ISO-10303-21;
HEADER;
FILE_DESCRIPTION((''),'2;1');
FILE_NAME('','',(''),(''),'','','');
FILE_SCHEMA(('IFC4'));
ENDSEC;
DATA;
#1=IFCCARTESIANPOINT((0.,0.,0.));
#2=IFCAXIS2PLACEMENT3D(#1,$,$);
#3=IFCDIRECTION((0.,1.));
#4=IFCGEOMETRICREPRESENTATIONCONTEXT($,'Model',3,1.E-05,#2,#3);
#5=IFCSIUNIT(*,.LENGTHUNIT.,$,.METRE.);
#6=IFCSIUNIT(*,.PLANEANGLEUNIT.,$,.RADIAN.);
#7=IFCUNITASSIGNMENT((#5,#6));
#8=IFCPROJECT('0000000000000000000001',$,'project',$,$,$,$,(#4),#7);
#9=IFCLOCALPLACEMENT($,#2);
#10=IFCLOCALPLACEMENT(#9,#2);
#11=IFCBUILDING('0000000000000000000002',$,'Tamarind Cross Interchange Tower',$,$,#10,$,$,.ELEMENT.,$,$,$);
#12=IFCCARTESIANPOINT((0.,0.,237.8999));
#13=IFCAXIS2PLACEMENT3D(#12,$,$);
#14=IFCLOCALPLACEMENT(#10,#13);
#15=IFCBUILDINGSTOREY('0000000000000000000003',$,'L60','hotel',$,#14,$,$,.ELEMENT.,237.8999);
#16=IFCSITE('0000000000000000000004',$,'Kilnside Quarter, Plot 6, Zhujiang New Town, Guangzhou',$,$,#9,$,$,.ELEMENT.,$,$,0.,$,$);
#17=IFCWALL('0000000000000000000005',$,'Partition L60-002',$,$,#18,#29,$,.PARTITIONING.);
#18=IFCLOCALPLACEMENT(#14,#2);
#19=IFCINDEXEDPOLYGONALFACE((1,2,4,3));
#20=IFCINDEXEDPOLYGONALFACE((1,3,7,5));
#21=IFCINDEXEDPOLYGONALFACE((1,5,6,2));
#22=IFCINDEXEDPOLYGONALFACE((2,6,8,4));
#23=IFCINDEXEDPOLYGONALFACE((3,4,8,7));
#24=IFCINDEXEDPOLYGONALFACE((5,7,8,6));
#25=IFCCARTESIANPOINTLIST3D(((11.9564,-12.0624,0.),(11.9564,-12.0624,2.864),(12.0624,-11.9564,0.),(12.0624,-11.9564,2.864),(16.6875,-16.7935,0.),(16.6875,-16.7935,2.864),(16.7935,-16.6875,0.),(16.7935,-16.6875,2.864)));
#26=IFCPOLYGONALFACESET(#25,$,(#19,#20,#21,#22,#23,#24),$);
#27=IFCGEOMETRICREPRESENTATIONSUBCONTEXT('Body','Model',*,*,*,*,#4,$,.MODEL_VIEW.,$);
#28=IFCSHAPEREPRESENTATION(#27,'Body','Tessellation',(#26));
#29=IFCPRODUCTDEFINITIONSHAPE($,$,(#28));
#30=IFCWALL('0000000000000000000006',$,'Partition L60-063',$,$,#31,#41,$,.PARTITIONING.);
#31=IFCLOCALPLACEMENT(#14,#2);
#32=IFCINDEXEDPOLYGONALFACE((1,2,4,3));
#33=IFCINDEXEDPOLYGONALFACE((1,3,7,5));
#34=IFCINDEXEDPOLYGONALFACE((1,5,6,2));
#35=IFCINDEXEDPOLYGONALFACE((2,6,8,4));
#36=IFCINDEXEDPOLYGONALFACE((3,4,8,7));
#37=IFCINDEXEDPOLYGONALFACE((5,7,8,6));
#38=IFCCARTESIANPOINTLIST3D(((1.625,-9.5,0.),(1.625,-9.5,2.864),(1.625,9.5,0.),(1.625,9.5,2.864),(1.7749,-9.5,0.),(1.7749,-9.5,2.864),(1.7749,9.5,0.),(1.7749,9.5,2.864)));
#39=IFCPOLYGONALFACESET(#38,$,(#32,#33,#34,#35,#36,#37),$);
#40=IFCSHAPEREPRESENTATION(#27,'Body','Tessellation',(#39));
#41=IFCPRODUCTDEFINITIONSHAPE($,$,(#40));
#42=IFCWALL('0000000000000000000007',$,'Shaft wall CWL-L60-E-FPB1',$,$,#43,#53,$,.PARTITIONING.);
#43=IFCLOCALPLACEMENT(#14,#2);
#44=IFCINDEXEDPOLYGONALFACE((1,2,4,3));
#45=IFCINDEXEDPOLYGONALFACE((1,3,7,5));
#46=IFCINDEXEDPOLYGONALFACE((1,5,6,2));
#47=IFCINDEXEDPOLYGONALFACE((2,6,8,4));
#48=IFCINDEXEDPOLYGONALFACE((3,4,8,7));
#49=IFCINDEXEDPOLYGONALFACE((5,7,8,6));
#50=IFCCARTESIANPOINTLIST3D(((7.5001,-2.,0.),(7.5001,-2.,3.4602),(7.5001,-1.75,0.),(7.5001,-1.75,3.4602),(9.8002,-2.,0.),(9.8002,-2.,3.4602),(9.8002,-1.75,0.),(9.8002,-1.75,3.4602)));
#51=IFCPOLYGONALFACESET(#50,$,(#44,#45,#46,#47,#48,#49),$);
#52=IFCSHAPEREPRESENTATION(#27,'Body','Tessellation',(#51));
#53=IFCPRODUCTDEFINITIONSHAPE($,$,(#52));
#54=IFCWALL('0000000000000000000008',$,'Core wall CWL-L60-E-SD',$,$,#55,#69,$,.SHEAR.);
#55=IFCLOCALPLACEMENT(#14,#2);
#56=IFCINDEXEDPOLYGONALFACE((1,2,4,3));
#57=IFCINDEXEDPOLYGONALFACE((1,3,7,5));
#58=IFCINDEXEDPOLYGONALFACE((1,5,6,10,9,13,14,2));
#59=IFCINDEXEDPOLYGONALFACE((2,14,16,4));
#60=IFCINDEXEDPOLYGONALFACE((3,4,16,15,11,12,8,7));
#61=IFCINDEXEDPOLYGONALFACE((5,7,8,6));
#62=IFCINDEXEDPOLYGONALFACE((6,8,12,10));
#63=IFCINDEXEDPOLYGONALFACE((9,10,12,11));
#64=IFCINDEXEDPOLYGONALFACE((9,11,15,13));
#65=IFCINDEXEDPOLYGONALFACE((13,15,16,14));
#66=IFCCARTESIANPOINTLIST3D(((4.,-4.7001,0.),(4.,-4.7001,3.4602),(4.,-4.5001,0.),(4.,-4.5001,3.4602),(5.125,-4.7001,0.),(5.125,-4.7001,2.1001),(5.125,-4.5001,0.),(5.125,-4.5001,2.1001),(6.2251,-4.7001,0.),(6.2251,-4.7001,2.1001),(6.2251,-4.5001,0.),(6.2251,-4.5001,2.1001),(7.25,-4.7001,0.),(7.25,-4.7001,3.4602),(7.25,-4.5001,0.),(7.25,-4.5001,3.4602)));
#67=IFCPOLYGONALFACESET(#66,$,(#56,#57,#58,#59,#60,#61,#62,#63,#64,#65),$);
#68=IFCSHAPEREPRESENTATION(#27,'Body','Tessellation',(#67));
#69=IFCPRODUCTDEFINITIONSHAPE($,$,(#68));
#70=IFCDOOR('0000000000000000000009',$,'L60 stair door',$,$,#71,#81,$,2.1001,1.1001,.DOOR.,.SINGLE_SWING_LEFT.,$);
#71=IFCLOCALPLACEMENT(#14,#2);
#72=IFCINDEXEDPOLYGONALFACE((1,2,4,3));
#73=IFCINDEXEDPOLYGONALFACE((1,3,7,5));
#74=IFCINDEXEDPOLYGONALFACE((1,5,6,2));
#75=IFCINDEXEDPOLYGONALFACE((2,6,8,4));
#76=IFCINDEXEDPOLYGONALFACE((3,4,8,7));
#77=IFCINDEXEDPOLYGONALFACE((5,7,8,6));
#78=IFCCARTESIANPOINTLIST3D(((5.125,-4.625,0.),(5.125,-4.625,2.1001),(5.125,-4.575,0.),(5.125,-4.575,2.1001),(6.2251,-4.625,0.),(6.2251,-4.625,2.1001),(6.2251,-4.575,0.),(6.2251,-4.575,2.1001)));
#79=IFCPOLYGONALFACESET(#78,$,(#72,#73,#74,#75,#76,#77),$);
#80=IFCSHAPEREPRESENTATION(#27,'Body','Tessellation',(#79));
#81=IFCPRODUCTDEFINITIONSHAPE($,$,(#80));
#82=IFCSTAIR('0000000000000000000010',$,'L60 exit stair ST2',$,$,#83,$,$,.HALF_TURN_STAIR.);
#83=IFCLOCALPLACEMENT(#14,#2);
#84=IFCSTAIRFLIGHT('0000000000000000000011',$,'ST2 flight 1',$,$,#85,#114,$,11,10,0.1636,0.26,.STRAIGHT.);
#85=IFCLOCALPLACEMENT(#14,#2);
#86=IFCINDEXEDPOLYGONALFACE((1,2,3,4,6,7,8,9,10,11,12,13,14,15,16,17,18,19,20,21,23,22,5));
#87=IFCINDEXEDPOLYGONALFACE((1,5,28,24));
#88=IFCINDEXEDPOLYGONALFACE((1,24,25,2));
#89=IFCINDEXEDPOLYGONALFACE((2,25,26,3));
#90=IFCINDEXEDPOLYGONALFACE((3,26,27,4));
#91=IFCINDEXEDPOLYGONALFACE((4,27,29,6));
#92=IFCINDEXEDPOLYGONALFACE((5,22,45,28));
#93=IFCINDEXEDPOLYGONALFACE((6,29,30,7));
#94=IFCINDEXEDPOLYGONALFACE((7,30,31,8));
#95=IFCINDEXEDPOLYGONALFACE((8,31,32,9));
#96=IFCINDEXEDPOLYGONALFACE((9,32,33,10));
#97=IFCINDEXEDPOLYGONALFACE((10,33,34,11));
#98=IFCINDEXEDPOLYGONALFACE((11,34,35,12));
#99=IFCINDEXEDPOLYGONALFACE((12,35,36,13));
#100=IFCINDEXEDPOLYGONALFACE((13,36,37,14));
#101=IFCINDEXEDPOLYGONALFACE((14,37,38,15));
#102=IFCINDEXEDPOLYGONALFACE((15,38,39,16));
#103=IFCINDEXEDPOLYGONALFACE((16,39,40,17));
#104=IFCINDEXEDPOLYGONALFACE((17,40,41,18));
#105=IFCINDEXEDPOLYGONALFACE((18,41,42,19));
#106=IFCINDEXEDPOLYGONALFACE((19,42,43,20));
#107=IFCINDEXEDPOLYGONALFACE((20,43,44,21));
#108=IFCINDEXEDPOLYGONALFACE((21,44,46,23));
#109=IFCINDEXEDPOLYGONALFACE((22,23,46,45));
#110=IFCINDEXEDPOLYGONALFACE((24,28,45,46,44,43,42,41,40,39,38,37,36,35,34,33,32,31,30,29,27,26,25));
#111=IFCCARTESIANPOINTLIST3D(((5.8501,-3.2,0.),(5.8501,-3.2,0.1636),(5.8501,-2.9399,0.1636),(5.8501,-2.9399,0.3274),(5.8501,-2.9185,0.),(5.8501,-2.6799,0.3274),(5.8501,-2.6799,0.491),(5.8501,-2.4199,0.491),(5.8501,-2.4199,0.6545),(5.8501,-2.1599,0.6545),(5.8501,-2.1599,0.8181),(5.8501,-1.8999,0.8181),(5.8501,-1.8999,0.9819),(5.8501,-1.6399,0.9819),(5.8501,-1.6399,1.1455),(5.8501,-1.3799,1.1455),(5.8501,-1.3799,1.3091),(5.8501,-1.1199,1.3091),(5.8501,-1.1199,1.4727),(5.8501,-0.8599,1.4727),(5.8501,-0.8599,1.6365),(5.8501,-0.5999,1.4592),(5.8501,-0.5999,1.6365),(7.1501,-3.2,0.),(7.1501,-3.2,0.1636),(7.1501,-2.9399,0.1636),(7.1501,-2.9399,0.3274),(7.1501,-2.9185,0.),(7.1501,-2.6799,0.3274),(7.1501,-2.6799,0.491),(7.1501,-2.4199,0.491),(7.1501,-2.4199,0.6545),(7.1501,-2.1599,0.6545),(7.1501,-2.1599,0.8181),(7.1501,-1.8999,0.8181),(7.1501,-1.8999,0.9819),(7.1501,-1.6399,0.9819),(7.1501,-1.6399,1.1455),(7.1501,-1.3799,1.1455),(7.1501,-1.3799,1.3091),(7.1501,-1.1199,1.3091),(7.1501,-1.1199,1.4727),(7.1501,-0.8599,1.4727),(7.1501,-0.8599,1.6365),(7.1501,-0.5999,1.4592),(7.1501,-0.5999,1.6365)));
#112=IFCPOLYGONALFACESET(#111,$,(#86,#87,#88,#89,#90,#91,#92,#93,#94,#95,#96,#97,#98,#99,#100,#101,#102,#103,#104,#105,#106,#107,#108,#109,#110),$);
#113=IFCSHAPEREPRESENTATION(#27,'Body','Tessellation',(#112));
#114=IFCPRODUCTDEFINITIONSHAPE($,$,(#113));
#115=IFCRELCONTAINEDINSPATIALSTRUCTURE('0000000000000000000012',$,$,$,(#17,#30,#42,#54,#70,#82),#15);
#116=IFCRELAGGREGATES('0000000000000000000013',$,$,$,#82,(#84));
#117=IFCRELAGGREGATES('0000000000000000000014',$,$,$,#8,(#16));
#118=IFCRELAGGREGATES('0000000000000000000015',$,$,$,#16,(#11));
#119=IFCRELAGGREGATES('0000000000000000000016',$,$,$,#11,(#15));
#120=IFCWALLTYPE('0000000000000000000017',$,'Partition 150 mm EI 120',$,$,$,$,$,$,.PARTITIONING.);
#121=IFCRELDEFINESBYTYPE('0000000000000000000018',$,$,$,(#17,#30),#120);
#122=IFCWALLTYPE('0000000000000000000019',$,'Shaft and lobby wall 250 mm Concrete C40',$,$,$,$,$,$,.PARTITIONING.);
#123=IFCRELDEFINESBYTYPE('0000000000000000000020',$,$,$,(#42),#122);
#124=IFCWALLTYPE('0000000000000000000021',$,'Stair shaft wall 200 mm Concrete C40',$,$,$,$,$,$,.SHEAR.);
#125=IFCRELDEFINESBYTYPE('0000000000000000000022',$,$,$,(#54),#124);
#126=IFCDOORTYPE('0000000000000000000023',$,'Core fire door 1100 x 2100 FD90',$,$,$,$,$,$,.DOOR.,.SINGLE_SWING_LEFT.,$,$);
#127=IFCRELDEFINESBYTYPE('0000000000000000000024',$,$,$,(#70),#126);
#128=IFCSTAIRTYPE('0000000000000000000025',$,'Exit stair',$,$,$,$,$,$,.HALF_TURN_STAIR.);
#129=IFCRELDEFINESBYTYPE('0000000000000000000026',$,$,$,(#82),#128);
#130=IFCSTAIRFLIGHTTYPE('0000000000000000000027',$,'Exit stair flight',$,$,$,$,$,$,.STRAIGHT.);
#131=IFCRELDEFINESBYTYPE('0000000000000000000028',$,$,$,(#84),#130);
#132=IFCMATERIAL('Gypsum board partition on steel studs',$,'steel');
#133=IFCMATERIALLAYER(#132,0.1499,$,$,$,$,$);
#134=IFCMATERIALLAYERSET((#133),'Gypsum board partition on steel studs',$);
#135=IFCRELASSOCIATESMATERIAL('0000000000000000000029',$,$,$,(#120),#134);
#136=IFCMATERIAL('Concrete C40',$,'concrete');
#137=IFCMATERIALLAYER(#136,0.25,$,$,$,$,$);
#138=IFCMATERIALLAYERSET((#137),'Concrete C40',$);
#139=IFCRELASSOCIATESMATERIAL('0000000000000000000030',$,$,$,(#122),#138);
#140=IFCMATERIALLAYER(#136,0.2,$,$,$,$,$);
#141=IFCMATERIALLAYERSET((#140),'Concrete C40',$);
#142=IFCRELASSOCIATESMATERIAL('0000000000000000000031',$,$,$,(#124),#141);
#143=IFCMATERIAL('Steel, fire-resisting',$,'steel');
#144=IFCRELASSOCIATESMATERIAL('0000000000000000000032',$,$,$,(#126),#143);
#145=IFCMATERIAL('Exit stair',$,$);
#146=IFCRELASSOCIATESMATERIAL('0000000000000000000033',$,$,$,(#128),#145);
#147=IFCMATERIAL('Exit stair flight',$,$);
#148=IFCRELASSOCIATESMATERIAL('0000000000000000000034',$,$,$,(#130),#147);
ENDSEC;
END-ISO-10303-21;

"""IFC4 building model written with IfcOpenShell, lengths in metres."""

from ifc_helpers import new_model, si_unit, direction, frame, frame_2d, origin, place, context, subcontext, project, spatial, polyline, rectangle, outline, extrude, material, layer, layer_set, type_object, element, fill, aggregate, save


model = new_model("IFC4")

# Units and contexts
model_context = context("Model", 3, precision=1e-05, world=origin(), true_north=direction((0.0, 1.0)))
body_context = subcontext(model_context, "Body", "Model", "MODEL_VIEW")
ifc_project = project(units=[si_unit("LENGTHUNIT", "METRE"), si_unit("PLANEANGLEUNIT", "RADIAN")], contexts=[model_context])

# Site, building, storey
site_placement = place(None, origin())
site = spatial("IfcSite", under=ifc_project, at=site_placement, Name="Kilnside Quarter, Plot 6, Zhujiang New Town, Guangzhou", CompositionType="ELEMENT", RefElevation=0.0)
building_placement = place(site_placement, origin())
building = spatial("IfcBuilding", under=site, at=building_placement, Name="Tamarind Cross Interchange Tower", CompositionType="ELEMENT")
storey_placement = place(building_placement, frame((0.0, 0.0, 237.8999)))
storey = spatial("IfcBuildingStorey", under=building, at=storey_placement, Name="L60", Description="hotel", CompositionType="ELEMENT", Elevation=237.8999)

# Shared definitions
ifc_material_1 = material(Name="Steel, fire-resisting", Category="steel")

# Walls
ifc_material_2 = material(Name="Gypsum board partition on steel studs", Category="steel")
ifc_layer_1 = layer(ifc_material_2, 0.1499)
ifc_layer_set_1 = layer_set([ifc_layer_1], Name="Gypsum board partition on steel studs")
wall_type_1 = type_object("IfcWallType", Name="Partition 150 mm EI 120", PredefinedType="PARTITIONING", material=ifc_layer_set_1)
wall_1_placement = place(storey_placement, frame((12.0095, -12.0095, 0.0), z_axis=(0.0, 0.0, 1.0), x_axis=(0.707107, -0.707107, 0.0)))
element("IfcWall", 1, at=wall_1_placement, inside=storey, type_object=wall_type_1, Name="Partition L60-002", PredefinedType="PARTITIONING", context=body_context, shape_type="SweptSolid", body=[
    extrude(rectangle(XDim=6.6907, YDim=0.1499, at=frame_2d((3.3452, 0.0))), origin(), (0.0, 0.0, 1.0), 2.864),
])
wall_2_placement = place(storey_placement, frame((1.7, -9.5, 0.0), z_axis=(0.0, 0.0, 1.0), x_axis=(0.0, 1.0, 0.0)))
element("IfcWall", 2, at=wall_2_placement, inside=storey, type_object=wall_type_1, Name="Partition L60-063", PredefinedType="PARTITIONING", context=body_context, shape_type="SweptSolid", body=[
    extrude(rectangle(XDim=19.0, YDim=0.1499, at=frame_2d((9.5, 0.0))), origin(), (0.0, 0.0, 1.0), 2.864),
])
ifc_material_3 = material(Name="Concrete C40", Category="concrete")
ifc_layer_2 = layer(ifc_material_3, 0.25)
ifc_layer_set_2 = layer_set([ifc_layer_2], Name="Concrete C40")
wall_type_2 = type_object("IfcWallType", Name="Shaft and lobby wall 250 mm Concrete C40", PredefinedType="PARTITIONING", material=ifc_layer_set_2)
wall_3_placement = place(storey_placement, frame((9.8, -1.875, 0.0), z_axis=(0.0, 0.0, 1.0), x_axis=(-1.0, 0.0, 0.0)))
element("IfcWall", 3, at=wall_3_placement, inside=storey, type_object=wall_type_2, Name="Shaft wall CWL-L60-E-FPB1", PredefinedType="PARTITIONING", context=body_context, shape_type="SweptSolid", body=[
    extrude(rectangle(XDim=2.3, YDim=0.25, at=frame_2d((1.1499, 0.0))), origin(), (0.0, 0.0, 1.0), 3.4602),
])

# Wall, opening, door
ifc_layer_3 = layer(ifc_material_3, 0.2)
ifc_layer_set_3 = layer_set([ifc_layer_3], Name="Concrete C40")
wall_type_3 = type_object("IfcWallType", Name="Stair shaft wall 200 mm Concrete C40", PredefinedType="SHEAR", material=ifc_layer_set_3)
wall_4_placement = place(storey_placement, frame((7.25, -4.6001, 0.0), z_axis=(0.0, 0.0, 1.0), x_axis=(-1.0, 0.0, 0.0)))
wall_4 = element("IfcWall", 4, at=wall_4_placement, inside=storey, type_object=wall_type_3, Name="Core wall CWL-L60-E-SD", PredefinedType="SHEAR", context=body_context, shape_type="SweptSolid", body=[
    extrude(rectangle(XDim=3.25, YDim=0.2, at=frame_2d((1.625, 0.0))), origin(), (0.0, 0.0, 1.0), 3.4602),
])
opening_1_placement = place(wall_4_placement, frame((1.0249, 0.0, 0.0)))
opening_1 = element("IfcOpeningElement", 5, at=opening_1_placement, cuts=wall_4, PredefinedType="OPENING", context=body_context, shape_type="SweptSolid", body=[
    extrude(rectangle(XDim=1.1001, YDim=2.1001, at=frame_2d((0.55, 1.05))), frame((0.0, 0.1099, 0.0), z_axis=(0.0, -1.0, 0.0), x_axis=(1.0, 0.0, 0.0)), (0.0, 0.0, 1.0), 0.22),
])
door_type_1 = type_object("IfcDoorType", Name="Core fire door 1100 x 2100 FD90", OperationType="SINGLE_SWING_LEFT", PredefinedType="DOOR", material=ifc_material_1)
door_1_placement = place(opening_1_placement, origin())
door_1 = element("IfcDoor", 6, at=door_1_placement, inside=storey, type_object=door_type_1, Name="L60 stair door", OperationType="SINGLE_SWING_LEFT", OverallHeight=2.1001, OverallWidth=1.1001, PredefinedType="DOOR", context=body_context, shape_type="SweptSolid", body=[
    extrude(rectangle(XDim=1.1001, YDim=2.1001, at=frame_2d((0.55, 1.05))), frame((0.0, 0.0249, 0.0), z_axis=(0.0, -1.0, 0.0), x_axis=(1.0, 0.0, 0.0)), (0.0, 0.0, 1.0), 0.05),
])
fill(opening_1, door_1)

# Stair, stair flight
ifc_material_4 = material(Name="Exit stair")
stair_type = type_object("IfcStairType", Name="Exit stair", PredefinedType="HALF_TURN_STAIR", material=ifc_material_4)
stair_placement = place(storey_placement, origin())
stair = element("IfcStair", 7, at=stair_placement, inside=storey, type_object=stair_type, Name="L60 exit stair ST2", PredefinedType="HALF_TURN_STAIR")
ifc_material_5 = material(Name="Exit stair flight")
stair_flight_type = type_object("IfcStairFlightType", Name="Exit stair flight", PredefinedType="STRAIGHT", material=ifc_material_5)
stair_flight_placement = place(storey_placement, frame((6.5, -3.2, 0.0), z_axis=(0.0, 0.0, 1.0), x_axis=(0.0, 1.0, 0.0)))
stair_flight = element("IfcStairFlight", 8, at=stair_flight_placement, type_object=stair_flight_type, Name="ST2 flight 1", NumberOfRisers=11, NumberOfTreads=10, PredefinedType="STRAIGHT", RiserHeight=0.1636, TreadLength=0.26, context=body_context, shape_type="SweptSolid", body=[
    extrude(outline(polyline([(0.0, 0.0), (0.0, 0.1636), (0.26, 0.1636), (0.26, 0.3274), (0.52, 0.3274), (0.52, 0.491), (0.78, 0.491), (0.78, 0.6545), (1.04, 0.6545), (1.04, 0.8181), (1.3, 0.8181), (1.3, 0.9819), (1.5601, 0.9819), (1.5601, 1.1455), (1.8201, 1.1455), (1.8201, 1.3091), (2.0801, 1.3091), (2.0801, 1.4727), (2.3401, 1.4727), (2.3401, 1.6365), (2.6001, 1.6365), (2.6001, 1.8), (2.6001, 1.4592), (0.2815, 0.0), (0.0, 0.0)])), frame((0.0, 0.6499, 0.0), z_axis=(0.0, -1.0, 0.0), x_axis=(1.0, 0.0, 0.0)), (0.0, 0.0, 1.0), 1.3),
])
aggregate(stair, [stair_flight])

save(model, "model.ifc")
